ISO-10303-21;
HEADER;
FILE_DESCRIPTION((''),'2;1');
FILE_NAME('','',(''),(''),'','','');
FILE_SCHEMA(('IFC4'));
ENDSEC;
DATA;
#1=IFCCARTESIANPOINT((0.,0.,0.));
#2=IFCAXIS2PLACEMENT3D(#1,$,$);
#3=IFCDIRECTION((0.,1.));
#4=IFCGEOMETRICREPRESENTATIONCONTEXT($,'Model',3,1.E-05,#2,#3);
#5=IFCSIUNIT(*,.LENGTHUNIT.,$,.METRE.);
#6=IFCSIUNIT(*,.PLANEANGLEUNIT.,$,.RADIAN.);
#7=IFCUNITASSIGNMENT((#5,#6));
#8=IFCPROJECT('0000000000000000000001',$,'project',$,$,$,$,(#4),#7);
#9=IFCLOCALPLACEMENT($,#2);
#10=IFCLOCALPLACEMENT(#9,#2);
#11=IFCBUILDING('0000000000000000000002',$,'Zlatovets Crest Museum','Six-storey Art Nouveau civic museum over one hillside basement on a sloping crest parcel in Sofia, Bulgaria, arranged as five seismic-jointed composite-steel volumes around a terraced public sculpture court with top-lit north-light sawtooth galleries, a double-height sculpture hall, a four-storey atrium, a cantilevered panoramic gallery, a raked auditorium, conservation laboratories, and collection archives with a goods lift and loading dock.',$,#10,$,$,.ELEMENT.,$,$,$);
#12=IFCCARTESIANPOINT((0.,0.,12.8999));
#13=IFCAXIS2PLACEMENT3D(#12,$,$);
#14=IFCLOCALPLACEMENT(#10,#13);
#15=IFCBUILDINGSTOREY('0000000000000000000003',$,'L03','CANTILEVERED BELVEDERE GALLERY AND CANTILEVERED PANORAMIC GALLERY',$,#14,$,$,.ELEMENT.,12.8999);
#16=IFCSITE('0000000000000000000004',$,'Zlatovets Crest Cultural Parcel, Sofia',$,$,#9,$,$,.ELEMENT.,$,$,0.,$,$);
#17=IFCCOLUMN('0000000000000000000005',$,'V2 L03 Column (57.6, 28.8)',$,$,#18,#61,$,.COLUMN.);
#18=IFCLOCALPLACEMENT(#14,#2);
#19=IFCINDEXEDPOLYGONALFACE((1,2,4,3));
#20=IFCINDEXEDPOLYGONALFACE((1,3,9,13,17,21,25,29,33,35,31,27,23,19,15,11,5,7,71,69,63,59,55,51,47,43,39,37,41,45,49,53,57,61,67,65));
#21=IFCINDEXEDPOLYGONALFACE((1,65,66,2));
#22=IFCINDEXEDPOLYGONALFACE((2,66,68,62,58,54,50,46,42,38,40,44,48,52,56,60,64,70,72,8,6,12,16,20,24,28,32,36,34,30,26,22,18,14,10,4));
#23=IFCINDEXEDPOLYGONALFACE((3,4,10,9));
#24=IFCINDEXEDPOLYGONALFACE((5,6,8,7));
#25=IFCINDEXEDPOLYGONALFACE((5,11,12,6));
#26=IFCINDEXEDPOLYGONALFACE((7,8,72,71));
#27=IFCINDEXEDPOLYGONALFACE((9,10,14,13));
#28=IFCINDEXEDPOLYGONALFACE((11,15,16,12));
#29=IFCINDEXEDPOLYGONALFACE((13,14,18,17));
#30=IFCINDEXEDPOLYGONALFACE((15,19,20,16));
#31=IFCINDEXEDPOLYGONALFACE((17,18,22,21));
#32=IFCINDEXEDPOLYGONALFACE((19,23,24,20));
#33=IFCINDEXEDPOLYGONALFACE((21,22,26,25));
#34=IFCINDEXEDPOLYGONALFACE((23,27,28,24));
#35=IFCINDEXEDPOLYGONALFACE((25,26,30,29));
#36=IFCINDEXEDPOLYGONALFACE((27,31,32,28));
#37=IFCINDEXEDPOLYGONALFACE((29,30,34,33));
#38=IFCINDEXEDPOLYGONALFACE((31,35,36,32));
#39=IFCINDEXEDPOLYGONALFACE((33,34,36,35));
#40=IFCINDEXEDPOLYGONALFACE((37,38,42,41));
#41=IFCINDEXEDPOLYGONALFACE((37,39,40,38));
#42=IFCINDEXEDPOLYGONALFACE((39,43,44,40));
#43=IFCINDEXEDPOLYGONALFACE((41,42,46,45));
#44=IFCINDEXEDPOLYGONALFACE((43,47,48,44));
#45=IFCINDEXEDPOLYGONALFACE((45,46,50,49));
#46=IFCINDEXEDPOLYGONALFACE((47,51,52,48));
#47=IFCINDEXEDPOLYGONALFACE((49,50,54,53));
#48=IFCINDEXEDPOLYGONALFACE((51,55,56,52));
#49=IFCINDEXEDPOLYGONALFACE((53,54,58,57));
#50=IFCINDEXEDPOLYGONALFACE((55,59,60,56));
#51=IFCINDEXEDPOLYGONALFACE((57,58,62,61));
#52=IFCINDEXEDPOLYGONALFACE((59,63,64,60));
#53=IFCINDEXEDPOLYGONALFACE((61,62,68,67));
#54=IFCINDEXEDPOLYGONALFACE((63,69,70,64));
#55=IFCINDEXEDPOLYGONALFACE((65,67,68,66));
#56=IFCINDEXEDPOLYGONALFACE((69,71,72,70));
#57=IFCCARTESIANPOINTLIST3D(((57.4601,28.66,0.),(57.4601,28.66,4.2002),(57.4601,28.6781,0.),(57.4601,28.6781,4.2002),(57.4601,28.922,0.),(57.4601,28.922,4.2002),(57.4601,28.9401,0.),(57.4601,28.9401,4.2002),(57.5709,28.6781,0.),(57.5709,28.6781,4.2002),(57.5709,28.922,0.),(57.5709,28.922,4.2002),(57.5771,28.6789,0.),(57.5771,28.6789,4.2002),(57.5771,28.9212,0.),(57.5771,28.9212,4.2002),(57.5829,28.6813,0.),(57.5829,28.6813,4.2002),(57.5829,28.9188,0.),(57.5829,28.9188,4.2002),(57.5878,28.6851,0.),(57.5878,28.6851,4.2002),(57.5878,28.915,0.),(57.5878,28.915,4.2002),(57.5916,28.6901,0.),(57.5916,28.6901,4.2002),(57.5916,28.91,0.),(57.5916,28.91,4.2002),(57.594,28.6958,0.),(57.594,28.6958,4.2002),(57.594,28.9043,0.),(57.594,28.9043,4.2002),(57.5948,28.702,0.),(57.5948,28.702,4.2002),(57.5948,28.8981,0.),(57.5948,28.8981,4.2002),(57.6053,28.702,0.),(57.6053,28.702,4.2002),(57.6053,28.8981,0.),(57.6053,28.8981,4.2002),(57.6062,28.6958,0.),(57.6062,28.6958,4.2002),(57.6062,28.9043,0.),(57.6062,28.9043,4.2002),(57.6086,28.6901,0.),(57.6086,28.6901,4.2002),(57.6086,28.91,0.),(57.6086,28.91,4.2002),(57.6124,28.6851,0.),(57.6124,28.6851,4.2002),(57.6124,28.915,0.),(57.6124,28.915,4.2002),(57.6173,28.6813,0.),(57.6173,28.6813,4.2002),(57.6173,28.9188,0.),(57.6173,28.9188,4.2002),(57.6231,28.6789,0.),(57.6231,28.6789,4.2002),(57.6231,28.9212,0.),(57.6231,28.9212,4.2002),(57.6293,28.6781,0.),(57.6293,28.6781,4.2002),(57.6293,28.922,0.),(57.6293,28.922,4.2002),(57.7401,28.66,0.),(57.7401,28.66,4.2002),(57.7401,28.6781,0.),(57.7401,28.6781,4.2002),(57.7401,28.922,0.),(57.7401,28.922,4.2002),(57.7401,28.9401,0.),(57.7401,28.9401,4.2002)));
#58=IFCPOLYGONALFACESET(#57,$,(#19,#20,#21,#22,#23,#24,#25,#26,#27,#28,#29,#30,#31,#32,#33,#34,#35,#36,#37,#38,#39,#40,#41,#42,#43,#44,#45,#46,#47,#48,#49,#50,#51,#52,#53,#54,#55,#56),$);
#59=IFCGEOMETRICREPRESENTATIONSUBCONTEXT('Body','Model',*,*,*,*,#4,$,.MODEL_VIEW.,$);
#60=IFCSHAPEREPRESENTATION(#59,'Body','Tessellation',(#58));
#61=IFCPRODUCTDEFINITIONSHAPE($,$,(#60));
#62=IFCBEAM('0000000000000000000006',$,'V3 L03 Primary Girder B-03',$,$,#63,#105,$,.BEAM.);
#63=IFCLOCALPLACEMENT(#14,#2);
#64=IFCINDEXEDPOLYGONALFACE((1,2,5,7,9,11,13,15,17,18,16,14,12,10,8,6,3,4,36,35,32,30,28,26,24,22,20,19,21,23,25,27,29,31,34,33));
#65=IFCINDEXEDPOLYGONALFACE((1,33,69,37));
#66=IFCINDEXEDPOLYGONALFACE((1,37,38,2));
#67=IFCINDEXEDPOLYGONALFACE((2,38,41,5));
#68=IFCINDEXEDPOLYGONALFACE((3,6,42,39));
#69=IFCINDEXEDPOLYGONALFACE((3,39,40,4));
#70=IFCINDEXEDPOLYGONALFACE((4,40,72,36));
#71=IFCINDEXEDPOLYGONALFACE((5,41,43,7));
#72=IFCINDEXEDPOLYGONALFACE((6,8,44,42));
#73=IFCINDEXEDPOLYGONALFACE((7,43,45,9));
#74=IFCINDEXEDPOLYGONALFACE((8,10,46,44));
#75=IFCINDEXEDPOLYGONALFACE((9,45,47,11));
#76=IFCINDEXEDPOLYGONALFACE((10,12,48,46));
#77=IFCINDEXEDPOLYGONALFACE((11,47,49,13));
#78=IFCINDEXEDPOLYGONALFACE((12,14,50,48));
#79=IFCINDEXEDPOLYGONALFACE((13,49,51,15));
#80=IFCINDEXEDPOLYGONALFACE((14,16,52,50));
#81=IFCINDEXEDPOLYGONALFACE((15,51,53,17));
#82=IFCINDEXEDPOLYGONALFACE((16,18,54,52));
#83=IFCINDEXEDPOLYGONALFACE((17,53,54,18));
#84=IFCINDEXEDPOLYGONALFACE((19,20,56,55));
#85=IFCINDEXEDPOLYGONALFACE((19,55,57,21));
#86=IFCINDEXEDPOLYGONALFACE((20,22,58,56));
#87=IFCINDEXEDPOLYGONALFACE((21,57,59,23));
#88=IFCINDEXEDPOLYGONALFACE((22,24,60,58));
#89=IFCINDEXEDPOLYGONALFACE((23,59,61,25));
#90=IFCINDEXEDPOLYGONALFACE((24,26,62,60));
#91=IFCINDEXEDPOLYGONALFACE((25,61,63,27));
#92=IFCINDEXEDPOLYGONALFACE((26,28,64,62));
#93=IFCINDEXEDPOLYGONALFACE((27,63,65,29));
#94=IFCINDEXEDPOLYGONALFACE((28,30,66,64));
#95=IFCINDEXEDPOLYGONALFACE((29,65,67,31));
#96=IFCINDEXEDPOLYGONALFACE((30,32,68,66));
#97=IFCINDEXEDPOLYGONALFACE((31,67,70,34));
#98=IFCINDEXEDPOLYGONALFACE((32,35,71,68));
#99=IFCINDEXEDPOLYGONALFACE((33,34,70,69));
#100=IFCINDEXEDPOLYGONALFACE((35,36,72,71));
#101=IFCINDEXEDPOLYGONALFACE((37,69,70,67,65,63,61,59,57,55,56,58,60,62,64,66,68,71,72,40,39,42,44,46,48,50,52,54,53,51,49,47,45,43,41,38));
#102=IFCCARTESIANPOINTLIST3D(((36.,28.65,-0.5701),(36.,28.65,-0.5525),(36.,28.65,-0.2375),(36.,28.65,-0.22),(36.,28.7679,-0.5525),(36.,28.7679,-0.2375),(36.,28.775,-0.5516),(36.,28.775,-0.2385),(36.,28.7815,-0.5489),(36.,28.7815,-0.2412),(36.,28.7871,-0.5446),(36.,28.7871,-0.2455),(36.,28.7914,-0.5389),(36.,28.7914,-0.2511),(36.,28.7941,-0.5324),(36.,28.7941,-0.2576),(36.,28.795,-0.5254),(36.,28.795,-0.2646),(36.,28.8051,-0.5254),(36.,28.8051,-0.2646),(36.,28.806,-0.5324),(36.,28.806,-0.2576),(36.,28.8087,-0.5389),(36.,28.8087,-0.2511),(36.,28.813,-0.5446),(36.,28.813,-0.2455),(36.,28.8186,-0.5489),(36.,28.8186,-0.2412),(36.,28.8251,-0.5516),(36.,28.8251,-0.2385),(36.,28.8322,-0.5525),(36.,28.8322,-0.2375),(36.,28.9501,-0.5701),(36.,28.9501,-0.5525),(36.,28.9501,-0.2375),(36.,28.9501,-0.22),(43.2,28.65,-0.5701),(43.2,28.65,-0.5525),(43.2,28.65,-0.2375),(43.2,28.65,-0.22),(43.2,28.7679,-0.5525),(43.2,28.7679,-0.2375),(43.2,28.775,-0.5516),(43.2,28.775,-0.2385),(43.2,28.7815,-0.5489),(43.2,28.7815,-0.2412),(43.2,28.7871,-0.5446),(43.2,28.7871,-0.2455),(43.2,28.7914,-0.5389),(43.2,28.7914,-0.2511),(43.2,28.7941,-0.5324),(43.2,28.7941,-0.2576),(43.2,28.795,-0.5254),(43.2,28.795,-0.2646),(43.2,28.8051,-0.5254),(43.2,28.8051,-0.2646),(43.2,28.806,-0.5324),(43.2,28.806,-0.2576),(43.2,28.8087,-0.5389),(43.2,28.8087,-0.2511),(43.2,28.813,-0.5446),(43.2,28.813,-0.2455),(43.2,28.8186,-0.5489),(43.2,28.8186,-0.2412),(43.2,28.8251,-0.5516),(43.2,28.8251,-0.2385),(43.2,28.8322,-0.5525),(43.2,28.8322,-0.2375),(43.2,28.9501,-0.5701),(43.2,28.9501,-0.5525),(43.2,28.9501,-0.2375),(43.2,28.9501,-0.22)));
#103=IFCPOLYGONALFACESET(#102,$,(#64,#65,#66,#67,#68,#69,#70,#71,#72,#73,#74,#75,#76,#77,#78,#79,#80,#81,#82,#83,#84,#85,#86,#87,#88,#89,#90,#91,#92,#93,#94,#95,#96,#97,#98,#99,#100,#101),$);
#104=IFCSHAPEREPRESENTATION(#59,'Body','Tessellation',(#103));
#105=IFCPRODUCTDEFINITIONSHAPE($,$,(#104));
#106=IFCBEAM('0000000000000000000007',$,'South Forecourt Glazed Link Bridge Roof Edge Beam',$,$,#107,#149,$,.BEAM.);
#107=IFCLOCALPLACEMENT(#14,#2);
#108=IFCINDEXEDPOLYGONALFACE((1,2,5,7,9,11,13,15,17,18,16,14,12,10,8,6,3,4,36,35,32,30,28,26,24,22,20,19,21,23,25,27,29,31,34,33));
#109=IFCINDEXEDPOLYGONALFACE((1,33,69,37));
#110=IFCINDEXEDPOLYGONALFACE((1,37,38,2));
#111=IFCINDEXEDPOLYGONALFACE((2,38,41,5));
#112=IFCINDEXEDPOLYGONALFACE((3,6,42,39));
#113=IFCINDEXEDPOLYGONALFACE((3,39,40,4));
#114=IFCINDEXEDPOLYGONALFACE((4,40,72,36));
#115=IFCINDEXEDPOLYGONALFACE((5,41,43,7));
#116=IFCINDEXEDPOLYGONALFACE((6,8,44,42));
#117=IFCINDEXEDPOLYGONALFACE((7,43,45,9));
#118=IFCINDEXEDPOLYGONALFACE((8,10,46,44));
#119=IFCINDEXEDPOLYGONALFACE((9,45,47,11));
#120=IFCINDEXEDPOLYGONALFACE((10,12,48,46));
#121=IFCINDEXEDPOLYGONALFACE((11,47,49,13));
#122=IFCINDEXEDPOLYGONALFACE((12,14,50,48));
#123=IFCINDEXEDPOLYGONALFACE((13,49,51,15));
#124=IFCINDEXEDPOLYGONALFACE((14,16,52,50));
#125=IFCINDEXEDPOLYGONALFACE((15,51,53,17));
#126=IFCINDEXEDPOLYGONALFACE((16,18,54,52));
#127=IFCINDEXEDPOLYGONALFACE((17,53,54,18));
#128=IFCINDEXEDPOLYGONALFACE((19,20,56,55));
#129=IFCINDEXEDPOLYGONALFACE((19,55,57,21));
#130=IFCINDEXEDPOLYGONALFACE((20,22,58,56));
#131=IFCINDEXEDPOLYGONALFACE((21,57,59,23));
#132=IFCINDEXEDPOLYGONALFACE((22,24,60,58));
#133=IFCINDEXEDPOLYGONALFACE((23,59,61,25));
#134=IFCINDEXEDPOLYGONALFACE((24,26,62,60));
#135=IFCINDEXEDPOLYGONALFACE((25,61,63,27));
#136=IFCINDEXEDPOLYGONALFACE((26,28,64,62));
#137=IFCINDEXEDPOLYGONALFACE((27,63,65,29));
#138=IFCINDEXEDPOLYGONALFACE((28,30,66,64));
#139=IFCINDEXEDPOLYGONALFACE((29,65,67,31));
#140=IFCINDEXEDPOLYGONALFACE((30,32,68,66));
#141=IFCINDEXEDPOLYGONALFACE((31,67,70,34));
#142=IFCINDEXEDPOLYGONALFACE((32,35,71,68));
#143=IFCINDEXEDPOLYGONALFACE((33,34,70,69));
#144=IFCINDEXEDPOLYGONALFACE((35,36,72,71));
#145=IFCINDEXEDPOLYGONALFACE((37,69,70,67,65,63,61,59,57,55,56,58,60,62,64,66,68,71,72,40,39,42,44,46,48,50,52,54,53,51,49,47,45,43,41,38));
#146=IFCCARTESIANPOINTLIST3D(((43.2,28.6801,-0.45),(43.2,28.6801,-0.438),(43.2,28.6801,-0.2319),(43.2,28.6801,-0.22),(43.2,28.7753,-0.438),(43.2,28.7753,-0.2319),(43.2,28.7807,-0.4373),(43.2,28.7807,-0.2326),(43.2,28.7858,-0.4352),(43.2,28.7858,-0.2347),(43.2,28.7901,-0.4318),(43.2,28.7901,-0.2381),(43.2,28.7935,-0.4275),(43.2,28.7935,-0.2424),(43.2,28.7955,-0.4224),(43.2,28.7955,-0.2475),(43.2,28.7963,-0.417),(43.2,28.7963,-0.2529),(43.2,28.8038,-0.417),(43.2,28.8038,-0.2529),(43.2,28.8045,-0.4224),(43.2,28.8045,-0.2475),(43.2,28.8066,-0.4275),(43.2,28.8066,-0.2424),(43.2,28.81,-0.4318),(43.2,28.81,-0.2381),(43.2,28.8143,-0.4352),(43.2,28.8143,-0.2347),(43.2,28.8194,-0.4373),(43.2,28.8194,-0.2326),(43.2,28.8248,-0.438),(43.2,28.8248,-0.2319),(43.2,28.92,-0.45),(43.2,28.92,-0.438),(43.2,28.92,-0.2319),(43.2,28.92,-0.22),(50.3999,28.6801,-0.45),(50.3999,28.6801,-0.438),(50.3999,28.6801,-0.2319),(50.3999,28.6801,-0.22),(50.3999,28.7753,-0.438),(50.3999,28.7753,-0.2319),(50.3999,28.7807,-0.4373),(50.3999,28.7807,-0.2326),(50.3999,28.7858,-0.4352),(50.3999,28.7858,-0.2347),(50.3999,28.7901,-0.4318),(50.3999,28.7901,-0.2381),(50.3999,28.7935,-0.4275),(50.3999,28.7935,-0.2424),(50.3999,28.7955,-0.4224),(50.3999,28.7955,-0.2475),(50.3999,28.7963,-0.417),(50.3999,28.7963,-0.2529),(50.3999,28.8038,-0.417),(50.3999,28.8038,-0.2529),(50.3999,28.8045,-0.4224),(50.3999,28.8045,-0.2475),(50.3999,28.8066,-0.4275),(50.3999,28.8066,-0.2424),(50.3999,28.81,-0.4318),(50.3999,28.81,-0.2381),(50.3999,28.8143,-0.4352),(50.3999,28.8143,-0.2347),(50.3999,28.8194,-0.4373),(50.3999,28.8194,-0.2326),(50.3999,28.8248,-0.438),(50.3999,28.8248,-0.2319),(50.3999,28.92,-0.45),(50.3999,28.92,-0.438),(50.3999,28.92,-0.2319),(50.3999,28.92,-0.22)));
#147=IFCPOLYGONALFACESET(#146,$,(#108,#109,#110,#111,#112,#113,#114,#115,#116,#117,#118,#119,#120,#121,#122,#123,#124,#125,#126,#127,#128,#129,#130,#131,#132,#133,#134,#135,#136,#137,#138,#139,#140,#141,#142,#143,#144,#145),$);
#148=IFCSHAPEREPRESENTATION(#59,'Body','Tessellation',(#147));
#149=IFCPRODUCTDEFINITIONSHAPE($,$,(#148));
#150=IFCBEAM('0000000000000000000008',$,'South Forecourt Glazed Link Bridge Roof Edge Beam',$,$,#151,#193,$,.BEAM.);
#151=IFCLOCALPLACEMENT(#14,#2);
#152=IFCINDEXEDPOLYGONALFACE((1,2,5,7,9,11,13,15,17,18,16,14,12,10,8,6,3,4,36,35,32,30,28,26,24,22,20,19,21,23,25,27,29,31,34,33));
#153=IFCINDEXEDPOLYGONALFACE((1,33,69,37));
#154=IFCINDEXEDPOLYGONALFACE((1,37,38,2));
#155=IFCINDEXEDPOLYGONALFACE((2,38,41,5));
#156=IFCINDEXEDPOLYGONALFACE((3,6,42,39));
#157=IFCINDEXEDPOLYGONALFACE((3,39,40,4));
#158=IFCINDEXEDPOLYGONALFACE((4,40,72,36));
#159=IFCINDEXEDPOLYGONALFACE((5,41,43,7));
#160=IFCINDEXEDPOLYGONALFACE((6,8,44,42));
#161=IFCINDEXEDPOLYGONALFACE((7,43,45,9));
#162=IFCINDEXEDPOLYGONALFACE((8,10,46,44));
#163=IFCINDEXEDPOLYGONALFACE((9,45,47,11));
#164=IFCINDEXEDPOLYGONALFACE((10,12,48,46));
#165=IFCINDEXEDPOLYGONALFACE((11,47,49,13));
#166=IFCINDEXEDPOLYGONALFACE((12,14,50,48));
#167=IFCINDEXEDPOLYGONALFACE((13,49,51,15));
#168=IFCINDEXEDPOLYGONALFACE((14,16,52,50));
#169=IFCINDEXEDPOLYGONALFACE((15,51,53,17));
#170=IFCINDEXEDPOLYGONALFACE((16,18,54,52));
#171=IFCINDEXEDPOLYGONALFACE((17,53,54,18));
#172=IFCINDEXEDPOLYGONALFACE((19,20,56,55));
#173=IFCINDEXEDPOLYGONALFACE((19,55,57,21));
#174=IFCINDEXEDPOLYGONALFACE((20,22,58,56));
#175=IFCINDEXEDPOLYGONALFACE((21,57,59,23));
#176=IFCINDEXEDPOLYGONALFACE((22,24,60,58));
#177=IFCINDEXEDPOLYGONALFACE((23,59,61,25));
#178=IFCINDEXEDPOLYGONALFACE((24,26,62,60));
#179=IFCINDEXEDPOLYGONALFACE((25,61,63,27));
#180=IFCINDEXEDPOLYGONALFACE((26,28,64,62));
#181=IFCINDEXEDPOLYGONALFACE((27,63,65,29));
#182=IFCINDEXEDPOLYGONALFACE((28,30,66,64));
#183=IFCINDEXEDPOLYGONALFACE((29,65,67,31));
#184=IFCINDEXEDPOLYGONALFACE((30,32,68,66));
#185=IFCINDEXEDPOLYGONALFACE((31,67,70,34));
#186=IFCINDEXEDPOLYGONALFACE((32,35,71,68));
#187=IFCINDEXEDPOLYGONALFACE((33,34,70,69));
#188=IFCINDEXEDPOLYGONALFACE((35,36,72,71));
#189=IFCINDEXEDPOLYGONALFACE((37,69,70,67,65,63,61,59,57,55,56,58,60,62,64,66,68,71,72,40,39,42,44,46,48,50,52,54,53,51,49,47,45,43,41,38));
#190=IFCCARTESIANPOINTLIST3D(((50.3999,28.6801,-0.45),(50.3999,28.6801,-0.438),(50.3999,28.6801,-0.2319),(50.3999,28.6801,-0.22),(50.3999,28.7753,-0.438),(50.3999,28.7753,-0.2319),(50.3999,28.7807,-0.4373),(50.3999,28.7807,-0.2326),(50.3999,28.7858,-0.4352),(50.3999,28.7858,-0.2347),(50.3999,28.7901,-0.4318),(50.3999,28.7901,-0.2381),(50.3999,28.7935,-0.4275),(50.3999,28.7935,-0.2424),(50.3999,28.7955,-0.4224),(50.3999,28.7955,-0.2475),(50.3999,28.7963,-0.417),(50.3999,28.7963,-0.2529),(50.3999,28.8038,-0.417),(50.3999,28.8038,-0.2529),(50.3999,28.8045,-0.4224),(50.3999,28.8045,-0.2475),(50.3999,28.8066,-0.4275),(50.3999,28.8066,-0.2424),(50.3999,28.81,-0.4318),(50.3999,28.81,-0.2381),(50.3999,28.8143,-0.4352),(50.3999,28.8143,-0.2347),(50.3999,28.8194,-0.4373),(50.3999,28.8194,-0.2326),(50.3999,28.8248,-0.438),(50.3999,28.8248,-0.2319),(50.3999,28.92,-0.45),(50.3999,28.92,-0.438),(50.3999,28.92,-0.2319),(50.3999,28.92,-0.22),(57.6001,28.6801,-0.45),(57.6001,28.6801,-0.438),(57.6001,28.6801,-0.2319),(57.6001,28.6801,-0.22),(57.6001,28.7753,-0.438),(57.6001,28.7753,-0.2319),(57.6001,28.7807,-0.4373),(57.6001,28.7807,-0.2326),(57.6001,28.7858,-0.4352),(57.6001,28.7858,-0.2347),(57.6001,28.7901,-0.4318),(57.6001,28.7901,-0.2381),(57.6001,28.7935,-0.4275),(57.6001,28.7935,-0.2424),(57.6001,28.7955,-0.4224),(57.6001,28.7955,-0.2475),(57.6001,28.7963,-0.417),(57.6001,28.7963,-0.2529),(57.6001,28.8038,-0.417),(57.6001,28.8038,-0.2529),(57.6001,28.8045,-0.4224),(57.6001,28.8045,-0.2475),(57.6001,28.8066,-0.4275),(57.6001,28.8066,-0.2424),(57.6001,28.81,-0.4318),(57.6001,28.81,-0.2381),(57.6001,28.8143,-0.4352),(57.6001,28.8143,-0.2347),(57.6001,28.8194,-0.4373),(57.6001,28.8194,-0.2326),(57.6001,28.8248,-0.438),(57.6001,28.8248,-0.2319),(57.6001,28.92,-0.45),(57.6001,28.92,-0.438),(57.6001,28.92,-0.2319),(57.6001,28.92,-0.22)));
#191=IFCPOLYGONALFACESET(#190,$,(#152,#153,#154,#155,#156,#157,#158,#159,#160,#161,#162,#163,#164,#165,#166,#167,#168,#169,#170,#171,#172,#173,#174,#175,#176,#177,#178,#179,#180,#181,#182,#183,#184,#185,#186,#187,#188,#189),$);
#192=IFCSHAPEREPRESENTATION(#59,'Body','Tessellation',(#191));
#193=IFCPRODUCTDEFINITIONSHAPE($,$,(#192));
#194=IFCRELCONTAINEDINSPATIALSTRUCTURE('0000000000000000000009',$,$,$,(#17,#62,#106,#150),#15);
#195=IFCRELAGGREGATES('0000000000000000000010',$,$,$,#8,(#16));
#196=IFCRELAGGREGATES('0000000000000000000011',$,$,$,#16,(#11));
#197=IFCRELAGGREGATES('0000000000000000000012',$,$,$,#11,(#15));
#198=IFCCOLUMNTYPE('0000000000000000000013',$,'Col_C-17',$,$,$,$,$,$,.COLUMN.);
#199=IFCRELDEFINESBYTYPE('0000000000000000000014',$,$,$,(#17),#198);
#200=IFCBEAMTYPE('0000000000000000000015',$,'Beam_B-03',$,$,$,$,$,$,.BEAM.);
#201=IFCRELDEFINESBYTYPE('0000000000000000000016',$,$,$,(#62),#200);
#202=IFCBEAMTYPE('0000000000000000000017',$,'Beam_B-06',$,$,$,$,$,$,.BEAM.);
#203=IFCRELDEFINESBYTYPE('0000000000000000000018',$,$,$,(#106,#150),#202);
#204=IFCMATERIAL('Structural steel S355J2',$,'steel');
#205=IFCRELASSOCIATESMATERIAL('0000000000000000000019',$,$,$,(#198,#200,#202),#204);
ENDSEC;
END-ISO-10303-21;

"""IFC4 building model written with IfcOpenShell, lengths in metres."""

from ifc_helpers import new_model, si_unit, direction, frame, origin, origin_2d, place, context, subcontext, project, spatial, i_section, extrude, material, material_profile, profile_set, type_object, element, save


model = new_model("IFC4")

# Units and contexts
model_context = context("Model", 3, precision=1e-05, world=origin(), true_north=direction((0.0, 1.0)))
body_context = subcontext(model_context, "Body", "Model", "MODEL_VIEW")
ifc_project = project(units=[si_unit("LENGTHUNIT", "METRE"), si_unit("PLANEANGLEUNIT", "RADIAN")], contexts=[model_context])

# Site, building, storey
site_placement = place(None, origin())
site = spatial("IfcSite", under=ifc_project, at=site_placement, Name="Zlatovets Crest Cultural Parcel, Sofia", CompositionType="ELEMENT", RefElevation=0.0)
building_placement = place(site_placement, origin())
building = spatial("IfcBuilding", under=site, at=building_placement, Name="Zlatovets Crest Museum", Description="Six-storey Art Nouveau civic museum over one hillside basement on a sloping crest parcel in Sofia, Bulgaria, arranged as five seismic-jointed composite-steel volumes around a terraced public sculpture court with top-lit north-light sawtooth galleries, a double-height sculpture hall, a four-storey atrium, a cantilevered panoramic gallery, a raked auditorium, conservation laboratories, and collection archives with a goods lift and loading dock.", CompositionType="ELEMENT")
storey_placement = place(building_placement, frame((0.0, 0.0, 12.8999)))
storey = spatial("IfcBuildingStorey", under=building, at=storey_placement, Name="L03", Description="CANTILEVERED BELVEDERE GALLERY AND CANTILEVERED PANORAMIC GALLERY", CompositionType="ELEMENT", Elevation=12.8999)

# Column
ifc_material_1 = material(Name="Structural steel S355J2", Category="steel")
ifc_material_profile_1 = material_profile(ifc_material_1, i_section(OverallWidth=0.28, OverallDepth=0.28, WebThickness=0.0105, FlangeThickness=0.0181, FilletRadius=0.0239, at=origin_2d()), Name="HEB 280")
ifc_profile_set_1 = profile_set([ifc_material_profile_1], Name="Structural steel S355J2")
column_type = type_object("IfcColumnType", Name="Col_C-17", PredefinedType="COLUMN", material=ifc_profile_set_1)
column_placement = place(storey_placement, frame((57.6001, 28.8, 0.0), z_axis=(0.0, 0.0, 1.0), x_axis=(1.0, 0.0, 0.0)))
element("IfcColumn", 1, at=column_placement, inside=storey, type_object=column_type, Name="V2 L03 Column (57.6, 28.8)", PredefinedType="COLUMN", context=body_context, shape_type="SweptSolid", body=[
    extrude(i_section(OverallWidth=0.28, OverallDepth=0.28, WebThickness=0.0105, FlangeThickness=0.0181, FilletRadius=0.0239, at=origin_2d()), origin(), (0.0, 0.0, 1.0), 4.2002),
])

# Beams
ifc_material_profile_2 = material_profile(ifc_material_1, i_section(OverallWidth=0.3, OverallDepth=0.3501, WebThickness=0.01, FlangeThickness=0.0176, FilletRadius=0.0271, at=origin_2d()), Name="HEA 360")
ifc_profile_set_2 = profile_set([ifc_material_profile_2], Name="Structural steel S355J2")
beam_type_1 = type_object("IfcBeamType", Name="Beam_B-03", PredefinedType="BEAM", material=ifc_profile_set_2)
beam_1_placement = place(storey_placement, frame((36.0, 28.8, -0.395), z_axis=(1.0, 0.0, 0.0), x_axis=(0.0, 1.0, 0.0)))
element("IfcBeam", 2, at=beam_1_placement, inside=storey, type_object=beam_type_1, Name="V3 L03 Primary Girder B-03", PredefinedType="BEAM", context=body_context, shape_type="SweptSolid", body=[
    extrude(i_section(OverallWidth=0.3, OverallDepth=0.3501, WebThickness=0.01, FlangeThickness=0.0176, FilletRadius=0.0271, at=origin_2d()), origin(), (0.0, 0.0, 1.0), 7.2),
])
ifc_material_profile_3 = material_profile(ifc_material_1, i_section(OverallWidth=0.24, OverallDepth=0.23, WebThickness=0.0076, FlangeThickness=0.012, FilletRadius=0.021, at=origin_2d()), Name="HEA 240")
ifc_profile_set_3 = profile_set([ifc_material_profile_3], Name="Structural steel S355J2")
beam_type_2 = type_object("IfcBeamType", Name="Beam_B-06", PredefinedType="BEAM", material=ifc_profile_set_3)
beam_2_placement = place(storey_placement, frame((43.2, 28.8, -0.335), z_axis=(1.0, 0.0, 0.0), x_axis=(0.0, 1.0, 0.0)))
element("IfcBeam", 3, at=beam_2_placement, inside=storey, type_object=beam_type_2, Name="South Forecourt Glazed Link Bridge Roof Edge Beam", PredefinedType="BEAM", context=body_context, shape_type="SweptSolid", body=[
    extrude(i_section(OverallWidth=0.24, OverallDepth=0.23, WebThickness=0.0076, FlangeThickness=0.012, FilletRadius=0.021, at=origin_2d()), origin(), (0.0, 0.0, 1.0), 7.2),
])
beam_3_placement = place(storey_placement, frame((50.3999, 28.8, -0.335), z_axis=(1.0, 0.0, 0.0), x_axis=(0.0, 1.0, 0.0)))
element("IfcBeam", 4, at=beam_3_placement, inside=storey, type_object=beam_type_2, Name="South Forecourt Glazed Link Bridge Roof Edge Beam", PredefinedType="BEAM", context=body_context, shape_type="SweptSolid", body=[
    extrude(i_section(OverallWidth=0.24, OverallDepth=0.23, WebThickness=0.0076, FlangeThickness=0.012, FilletRadius=0.021, at=origin_2d()), origin(), (0.0, 0.0, 1.0), 7.2002),
])

save(model, "model.ifc")
